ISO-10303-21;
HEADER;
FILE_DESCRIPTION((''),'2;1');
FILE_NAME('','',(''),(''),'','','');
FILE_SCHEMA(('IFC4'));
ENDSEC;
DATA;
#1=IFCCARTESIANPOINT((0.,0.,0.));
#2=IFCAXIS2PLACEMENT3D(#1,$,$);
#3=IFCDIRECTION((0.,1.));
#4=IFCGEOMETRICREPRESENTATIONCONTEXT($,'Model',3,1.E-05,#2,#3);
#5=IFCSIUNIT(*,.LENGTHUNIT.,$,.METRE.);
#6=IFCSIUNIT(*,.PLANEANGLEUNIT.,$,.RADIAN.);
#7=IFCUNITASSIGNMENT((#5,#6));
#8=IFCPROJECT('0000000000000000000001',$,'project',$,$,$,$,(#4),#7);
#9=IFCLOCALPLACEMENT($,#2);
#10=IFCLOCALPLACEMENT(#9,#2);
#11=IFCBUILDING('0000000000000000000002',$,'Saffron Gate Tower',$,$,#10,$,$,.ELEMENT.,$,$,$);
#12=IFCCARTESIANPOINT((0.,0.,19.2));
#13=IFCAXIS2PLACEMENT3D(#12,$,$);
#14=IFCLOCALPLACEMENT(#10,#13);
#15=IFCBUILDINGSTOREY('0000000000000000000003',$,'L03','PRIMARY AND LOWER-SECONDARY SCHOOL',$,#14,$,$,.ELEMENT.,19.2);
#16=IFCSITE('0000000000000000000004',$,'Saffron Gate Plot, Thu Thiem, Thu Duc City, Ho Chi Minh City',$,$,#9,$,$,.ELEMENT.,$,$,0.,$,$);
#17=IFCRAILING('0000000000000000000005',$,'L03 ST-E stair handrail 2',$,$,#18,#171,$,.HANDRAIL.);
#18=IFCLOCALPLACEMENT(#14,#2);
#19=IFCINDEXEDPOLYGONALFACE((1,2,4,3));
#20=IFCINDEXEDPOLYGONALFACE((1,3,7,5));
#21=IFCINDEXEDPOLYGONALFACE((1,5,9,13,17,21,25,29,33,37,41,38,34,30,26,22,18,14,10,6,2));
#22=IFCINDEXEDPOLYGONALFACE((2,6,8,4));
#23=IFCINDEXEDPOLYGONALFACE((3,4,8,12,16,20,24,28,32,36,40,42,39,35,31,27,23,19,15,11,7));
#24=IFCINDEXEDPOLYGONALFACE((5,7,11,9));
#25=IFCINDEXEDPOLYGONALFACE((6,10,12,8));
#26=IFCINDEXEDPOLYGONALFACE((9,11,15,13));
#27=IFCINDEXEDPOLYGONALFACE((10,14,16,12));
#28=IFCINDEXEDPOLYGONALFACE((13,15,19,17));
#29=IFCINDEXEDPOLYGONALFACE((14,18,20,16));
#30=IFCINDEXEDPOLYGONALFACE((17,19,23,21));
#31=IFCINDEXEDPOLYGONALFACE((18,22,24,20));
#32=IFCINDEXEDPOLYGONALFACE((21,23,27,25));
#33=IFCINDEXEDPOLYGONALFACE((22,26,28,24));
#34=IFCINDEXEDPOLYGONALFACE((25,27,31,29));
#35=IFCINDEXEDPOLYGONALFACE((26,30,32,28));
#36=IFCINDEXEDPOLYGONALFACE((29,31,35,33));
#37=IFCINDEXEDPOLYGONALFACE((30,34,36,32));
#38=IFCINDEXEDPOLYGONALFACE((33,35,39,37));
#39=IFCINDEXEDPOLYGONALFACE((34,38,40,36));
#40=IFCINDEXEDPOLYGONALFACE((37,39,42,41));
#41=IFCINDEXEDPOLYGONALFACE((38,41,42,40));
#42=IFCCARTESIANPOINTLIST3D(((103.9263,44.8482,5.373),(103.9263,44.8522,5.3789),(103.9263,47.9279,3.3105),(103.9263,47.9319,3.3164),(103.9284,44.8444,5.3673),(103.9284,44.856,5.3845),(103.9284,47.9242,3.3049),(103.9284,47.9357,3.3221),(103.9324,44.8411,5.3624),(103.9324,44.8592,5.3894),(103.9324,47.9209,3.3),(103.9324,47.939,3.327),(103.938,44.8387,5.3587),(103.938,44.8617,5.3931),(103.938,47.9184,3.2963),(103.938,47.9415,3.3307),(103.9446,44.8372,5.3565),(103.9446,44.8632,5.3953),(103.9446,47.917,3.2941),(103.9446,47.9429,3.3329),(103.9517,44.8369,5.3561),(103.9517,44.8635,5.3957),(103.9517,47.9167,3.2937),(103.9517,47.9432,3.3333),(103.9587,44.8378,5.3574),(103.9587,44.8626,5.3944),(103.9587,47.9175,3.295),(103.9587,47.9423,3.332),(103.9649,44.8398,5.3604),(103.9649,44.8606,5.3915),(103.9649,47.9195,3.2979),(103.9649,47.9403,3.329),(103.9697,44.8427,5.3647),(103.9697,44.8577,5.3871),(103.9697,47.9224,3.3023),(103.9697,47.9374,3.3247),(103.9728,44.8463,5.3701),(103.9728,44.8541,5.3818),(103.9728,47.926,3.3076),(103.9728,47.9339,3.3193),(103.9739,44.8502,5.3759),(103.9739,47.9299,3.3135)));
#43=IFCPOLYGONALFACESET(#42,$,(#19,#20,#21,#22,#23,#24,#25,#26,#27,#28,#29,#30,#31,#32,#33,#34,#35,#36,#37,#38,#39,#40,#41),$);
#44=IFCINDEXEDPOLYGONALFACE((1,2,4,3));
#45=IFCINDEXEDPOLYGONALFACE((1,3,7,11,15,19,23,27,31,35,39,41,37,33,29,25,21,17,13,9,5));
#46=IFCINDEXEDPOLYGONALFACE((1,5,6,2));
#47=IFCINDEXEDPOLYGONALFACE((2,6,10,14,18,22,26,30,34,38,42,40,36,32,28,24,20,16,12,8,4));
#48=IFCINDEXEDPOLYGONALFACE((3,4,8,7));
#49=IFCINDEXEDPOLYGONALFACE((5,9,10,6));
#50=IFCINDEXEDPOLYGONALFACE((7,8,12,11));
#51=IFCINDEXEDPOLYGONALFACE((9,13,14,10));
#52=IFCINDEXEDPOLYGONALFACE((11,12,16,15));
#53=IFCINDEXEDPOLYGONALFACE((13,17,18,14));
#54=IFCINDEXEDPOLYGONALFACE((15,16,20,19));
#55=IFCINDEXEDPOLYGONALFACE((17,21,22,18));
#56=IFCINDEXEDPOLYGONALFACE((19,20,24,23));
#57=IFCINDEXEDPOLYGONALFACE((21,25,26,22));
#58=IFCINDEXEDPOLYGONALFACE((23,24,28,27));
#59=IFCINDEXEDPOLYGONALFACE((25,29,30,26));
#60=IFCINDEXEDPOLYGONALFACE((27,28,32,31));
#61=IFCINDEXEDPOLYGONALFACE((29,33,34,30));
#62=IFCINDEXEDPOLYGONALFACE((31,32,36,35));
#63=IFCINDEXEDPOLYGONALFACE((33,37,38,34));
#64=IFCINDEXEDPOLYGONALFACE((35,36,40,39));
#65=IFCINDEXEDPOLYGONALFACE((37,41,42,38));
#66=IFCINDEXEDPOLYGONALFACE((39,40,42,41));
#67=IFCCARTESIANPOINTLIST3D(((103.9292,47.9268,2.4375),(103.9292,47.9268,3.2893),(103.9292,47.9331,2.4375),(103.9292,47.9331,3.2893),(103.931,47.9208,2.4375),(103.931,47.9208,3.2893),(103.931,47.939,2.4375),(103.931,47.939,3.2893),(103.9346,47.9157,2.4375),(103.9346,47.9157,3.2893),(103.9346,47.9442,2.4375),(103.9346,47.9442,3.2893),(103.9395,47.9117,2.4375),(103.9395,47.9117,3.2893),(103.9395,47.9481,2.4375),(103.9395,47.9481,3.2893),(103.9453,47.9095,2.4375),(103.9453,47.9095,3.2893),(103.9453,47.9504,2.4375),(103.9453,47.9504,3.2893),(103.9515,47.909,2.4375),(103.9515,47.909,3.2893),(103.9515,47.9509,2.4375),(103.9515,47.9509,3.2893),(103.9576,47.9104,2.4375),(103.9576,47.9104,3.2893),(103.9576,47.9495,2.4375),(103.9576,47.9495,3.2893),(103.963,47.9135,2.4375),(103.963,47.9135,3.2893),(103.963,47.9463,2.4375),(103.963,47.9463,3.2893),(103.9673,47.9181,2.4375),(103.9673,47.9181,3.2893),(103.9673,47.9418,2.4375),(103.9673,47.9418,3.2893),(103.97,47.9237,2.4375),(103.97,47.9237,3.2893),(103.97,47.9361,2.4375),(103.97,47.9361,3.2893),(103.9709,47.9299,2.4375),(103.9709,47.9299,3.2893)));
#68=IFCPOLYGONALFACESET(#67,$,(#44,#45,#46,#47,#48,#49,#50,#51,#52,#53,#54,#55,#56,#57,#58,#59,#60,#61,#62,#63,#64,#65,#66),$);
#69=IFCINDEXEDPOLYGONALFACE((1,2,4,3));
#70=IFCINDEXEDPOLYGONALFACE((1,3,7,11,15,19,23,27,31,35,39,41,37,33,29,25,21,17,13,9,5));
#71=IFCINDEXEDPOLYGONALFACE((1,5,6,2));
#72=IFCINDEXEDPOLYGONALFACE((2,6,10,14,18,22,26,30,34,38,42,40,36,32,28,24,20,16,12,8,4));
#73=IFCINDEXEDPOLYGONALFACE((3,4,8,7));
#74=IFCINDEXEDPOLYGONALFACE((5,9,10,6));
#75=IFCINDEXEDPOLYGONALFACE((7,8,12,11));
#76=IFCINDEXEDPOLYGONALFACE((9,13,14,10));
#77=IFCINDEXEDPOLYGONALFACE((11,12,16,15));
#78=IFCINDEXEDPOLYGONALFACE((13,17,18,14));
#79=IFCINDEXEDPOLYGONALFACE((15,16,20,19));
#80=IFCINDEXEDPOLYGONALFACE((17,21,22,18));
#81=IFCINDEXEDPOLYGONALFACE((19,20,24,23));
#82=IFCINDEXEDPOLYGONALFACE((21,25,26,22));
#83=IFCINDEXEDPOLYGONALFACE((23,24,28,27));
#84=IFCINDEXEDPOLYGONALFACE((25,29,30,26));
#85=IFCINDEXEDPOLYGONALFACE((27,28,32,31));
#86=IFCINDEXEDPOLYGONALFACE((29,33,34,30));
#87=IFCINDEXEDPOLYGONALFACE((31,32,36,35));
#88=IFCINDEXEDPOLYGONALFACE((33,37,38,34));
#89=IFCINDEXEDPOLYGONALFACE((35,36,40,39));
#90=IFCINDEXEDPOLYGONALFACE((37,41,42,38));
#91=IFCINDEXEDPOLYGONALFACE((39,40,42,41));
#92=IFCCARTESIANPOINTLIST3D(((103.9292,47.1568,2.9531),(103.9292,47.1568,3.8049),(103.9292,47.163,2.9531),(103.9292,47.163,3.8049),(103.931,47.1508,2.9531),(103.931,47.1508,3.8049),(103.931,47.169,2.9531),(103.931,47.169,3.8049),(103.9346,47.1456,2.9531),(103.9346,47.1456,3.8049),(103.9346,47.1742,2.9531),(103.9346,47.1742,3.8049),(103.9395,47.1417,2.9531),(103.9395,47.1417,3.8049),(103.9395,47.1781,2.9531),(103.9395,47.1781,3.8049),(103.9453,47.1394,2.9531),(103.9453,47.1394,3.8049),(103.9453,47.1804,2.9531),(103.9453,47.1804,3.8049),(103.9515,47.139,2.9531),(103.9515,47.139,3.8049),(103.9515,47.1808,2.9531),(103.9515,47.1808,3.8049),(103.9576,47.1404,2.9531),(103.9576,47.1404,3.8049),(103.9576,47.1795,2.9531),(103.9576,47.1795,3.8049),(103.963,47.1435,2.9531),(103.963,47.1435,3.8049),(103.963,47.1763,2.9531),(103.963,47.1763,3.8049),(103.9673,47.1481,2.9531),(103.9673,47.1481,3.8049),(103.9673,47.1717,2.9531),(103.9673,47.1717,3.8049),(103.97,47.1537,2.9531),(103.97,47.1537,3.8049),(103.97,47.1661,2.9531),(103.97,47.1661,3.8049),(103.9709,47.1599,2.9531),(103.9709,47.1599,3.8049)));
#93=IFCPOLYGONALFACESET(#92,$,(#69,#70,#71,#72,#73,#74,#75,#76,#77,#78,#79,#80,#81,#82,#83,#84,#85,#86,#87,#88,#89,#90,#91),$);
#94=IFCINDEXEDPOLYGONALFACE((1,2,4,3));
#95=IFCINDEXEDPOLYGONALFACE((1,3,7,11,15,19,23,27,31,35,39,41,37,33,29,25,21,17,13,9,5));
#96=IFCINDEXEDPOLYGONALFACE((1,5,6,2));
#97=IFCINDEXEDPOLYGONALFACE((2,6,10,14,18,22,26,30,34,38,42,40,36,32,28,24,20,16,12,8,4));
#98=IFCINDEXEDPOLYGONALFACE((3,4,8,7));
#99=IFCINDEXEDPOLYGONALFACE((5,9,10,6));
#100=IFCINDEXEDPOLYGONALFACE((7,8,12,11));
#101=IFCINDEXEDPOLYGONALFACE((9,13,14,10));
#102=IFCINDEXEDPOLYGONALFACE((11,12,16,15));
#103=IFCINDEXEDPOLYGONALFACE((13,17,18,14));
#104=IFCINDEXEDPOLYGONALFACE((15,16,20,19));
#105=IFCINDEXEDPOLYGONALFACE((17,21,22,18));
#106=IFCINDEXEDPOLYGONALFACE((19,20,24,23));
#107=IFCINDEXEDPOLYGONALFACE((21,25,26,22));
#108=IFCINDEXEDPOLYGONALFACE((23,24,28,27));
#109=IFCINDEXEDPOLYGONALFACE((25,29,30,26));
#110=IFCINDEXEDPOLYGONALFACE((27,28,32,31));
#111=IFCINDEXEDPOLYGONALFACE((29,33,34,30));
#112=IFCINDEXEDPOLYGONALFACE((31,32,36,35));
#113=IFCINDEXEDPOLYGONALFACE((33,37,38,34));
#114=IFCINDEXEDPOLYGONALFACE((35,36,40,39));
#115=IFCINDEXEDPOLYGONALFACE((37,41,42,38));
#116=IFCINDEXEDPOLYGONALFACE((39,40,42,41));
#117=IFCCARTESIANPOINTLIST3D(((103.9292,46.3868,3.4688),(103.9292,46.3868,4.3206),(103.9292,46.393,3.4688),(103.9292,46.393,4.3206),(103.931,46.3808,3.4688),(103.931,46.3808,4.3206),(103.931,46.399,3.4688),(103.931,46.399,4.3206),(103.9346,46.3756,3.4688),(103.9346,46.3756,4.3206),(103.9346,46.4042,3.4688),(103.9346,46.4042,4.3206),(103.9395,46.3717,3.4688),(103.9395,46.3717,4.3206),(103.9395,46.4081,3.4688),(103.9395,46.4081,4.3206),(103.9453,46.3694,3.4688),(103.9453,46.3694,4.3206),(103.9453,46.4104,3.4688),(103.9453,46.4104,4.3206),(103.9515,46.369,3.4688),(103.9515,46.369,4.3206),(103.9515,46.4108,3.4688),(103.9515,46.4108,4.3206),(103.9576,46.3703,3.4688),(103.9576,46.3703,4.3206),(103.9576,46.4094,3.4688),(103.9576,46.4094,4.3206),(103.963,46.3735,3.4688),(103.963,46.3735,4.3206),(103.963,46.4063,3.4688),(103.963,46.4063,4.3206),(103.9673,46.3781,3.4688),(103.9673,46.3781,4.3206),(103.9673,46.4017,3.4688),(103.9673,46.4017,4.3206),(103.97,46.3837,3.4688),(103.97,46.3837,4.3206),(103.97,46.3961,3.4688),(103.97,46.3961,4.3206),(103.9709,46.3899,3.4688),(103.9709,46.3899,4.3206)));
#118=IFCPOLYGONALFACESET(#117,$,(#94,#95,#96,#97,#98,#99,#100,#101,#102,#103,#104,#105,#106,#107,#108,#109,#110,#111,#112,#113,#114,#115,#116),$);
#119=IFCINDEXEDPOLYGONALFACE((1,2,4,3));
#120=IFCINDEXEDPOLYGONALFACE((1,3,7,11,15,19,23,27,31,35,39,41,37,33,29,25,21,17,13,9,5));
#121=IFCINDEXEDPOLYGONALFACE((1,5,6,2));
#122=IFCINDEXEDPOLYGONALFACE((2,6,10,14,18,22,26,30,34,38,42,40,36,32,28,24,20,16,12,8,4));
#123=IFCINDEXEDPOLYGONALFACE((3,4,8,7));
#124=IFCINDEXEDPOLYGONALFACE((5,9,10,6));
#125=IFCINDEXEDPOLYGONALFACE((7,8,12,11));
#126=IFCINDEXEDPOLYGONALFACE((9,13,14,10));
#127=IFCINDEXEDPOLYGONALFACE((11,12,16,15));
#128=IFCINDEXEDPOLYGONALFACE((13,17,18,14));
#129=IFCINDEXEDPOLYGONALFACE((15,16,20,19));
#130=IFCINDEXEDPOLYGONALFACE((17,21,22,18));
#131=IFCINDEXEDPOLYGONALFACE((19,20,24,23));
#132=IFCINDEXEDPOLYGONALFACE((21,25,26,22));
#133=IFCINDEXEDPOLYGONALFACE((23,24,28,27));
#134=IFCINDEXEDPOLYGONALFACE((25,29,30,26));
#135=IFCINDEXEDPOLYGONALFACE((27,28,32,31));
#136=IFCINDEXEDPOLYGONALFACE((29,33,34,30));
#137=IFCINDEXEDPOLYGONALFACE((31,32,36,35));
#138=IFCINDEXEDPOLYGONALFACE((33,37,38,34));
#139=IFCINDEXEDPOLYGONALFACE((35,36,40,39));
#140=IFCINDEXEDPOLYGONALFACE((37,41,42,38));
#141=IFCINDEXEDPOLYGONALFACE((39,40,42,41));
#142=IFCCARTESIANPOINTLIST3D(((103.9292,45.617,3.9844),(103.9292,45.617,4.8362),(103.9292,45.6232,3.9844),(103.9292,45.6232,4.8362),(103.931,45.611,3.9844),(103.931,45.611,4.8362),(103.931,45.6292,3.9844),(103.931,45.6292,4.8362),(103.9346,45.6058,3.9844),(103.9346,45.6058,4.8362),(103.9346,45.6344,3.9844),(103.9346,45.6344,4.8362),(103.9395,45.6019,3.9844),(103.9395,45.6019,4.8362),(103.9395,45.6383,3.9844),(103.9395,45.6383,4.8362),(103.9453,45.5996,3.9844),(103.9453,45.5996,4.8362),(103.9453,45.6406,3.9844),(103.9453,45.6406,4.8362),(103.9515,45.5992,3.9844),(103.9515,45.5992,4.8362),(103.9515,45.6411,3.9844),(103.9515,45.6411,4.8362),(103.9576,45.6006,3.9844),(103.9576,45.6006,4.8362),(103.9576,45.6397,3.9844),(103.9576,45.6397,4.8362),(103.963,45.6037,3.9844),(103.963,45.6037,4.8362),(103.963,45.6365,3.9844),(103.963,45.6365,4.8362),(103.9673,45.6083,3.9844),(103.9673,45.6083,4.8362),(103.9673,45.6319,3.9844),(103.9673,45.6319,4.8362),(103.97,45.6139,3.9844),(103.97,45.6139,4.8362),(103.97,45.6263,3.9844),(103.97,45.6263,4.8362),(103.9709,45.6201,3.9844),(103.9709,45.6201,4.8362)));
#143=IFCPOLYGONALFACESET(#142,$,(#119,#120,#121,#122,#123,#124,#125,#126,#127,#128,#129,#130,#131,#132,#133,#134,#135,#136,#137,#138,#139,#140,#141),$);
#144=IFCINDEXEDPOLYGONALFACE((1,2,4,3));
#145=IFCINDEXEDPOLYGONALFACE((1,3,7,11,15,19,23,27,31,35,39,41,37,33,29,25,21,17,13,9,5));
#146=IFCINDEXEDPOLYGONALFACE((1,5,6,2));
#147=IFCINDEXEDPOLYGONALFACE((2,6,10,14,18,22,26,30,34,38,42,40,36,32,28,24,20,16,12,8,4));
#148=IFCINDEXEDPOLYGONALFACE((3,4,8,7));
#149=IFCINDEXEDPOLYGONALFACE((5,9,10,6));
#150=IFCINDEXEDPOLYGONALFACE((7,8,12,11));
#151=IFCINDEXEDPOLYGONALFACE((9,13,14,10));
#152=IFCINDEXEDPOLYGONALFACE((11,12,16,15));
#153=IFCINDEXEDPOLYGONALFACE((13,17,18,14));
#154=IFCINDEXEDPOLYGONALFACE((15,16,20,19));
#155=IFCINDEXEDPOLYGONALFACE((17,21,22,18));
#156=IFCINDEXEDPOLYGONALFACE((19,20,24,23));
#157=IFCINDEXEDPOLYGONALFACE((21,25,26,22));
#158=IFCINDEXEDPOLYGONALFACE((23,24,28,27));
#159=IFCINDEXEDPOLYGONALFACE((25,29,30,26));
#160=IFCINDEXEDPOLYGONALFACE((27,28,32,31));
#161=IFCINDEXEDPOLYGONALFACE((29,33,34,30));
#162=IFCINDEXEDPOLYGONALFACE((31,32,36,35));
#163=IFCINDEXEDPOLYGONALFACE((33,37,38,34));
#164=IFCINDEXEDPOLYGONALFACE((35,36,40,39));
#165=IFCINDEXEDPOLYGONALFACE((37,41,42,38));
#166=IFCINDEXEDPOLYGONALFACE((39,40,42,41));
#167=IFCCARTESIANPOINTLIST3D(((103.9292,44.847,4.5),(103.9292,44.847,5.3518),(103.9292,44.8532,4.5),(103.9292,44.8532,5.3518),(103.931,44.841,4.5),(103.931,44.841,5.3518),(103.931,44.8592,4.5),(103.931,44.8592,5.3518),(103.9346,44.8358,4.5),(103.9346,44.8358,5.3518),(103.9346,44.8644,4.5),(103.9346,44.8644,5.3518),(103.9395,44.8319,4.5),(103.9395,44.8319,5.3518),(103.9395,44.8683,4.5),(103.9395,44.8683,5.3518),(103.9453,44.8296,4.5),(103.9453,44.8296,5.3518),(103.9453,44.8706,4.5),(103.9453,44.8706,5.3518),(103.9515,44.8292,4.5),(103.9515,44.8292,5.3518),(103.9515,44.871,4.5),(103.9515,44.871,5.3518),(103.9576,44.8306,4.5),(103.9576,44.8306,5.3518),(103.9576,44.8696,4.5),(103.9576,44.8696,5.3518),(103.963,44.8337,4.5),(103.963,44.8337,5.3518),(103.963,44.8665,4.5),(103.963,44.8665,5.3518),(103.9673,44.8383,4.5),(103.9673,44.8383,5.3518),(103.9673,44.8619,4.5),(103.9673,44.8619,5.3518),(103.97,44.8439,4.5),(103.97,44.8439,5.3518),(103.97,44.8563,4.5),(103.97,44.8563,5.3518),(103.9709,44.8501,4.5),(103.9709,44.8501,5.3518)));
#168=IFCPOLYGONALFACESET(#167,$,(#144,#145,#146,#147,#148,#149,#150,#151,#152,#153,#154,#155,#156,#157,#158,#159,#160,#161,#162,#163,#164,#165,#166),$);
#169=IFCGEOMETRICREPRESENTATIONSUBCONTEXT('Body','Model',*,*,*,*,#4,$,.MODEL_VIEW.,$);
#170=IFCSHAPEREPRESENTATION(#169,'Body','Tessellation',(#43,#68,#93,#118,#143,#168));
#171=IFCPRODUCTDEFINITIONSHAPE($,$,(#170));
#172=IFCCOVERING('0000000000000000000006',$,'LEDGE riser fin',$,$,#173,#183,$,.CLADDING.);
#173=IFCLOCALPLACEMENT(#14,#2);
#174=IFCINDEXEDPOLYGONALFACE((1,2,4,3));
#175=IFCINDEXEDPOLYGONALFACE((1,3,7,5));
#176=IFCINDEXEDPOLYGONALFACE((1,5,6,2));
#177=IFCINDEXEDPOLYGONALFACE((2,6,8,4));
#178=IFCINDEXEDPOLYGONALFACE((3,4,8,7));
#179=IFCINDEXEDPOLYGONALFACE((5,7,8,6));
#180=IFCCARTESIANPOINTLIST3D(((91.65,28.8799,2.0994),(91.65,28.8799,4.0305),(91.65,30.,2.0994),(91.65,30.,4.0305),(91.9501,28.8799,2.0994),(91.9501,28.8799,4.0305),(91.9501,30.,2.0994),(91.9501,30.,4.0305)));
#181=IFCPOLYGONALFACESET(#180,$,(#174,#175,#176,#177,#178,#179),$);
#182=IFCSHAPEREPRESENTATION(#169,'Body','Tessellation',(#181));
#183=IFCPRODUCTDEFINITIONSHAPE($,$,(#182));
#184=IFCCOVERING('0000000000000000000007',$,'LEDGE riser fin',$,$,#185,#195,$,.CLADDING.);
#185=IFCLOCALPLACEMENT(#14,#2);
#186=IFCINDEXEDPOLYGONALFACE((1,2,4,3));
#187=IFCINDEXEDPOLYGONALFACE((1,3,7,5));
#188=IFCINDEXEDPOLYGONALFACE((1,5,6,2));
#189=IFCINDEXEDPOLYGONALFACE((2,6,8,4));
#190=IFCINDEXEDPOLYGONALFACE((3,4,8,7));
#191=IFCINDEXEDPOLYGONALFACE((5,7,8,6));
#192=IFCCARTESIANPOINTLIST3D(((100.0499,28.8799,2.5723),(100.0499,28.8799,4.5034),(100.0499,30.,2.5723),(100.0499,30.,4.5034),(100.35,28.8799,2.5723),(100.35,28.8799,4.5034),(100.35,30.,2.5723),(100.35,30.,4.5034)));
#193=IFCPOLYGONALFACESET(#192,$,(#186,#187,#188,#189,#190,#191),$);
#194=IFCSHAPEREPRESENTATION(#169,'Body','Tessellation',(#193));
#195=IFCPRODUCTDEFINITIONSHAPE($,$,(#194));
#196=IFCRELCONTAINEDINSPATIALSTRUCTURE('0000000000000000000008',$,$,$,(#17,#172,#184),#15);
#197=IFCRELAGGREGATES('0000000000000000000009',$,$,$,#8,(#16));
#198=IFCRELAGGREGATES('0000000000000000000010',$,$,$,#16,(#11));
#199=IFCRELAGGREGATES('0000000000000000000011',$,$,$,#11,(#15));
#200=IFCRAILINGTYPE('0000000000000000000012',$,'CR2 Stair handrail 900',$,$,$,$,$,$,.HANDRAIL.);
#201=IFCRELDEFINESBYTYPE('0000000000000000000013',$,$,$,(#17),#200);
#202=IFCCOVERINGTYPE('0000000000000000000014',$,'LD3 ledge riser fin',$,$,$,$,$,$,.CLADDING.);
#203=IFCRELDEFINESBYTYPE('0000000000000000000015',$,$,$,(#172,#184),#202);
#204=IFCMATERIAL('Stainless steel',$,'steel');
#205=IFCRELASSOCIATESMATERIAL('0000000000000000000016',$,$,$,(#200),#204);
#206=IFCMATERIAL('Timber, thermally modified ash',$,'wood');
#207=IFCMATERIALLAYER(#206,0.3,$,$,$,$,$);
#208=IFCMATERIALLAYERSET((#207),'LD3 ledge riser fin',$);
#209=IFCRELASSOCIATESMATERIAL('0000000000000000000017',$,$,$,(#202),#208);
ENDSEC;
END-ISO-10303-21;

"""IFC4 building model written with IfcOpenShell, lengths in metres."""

from ifc_helpers import new_model, si_unit, direction, frame, origin, origin_2d, place, context, subcontext, project, spatial, rectangle, circle, extrude, material, layer, layer_set, type_object, element, save


model = new_model("IFC4")

# Units and contexts
model_context = context("Model", 3, precision=1e-05, world=origin(), true_north=direction((0.0, 1.0)))
body_context = subcontext(model_context, "Body", "Model", "MODEL_VIEW")
ifc_project = project(units=[si_unit("LENGTHUNIT", "METRE"), si_unit("PLANEANGLEUNIT", "RADIAN")], contexts=[model_context])

# Site, building, storey
site_placement = place(None, origin())
site = spatial("IfcSite", under=ifc_project, at=site_placement, Name="Saffron Gate Plot, Thu Thiem, Thu Duc City, Ho Chi Minh City", CompositionType="ELEMENT", RefElevation=0.0)
building_placement = place(site_placement, origin())
building = spatial("IfcBuilding", under=site, at=building_placement, Name="Saffron Gate Tower", CompositionType="ELEMENT")
storey_placement = place(building_placement, frame((0.0, 0.0, 19.2)))
storey = spatial("IfcBuildingStorey", under=building, at=storey_placement, Name="L03", Description="PRIMARY AND LOWER-SECONDARY SCHOOL", CompositionType="ELEMENT", Elevation=19.2)

# Railing
ifc_material_1 = material(Name="Stainless steel", Category="steel")
railing_type_1 = type_object("IfcRailingType", Name="CR2 Stair handrail 900", PredefinedType="HANDRAIL", material=ifc_material_1)
railing_1_placement = place(storey_placement, frame((103.95, 47.9299, 2.4375)))
element("IfcRailing", 1, at=railing_1_placement, inside=storey, type_object=railing_type_1, Name="L03 ST-E stair handrail 2", PredefinedType="HANDRAIL", context=body_context, shape_type="SweptSolid", body=[
    extrude(circle(Radius=0.0239, at=origin_2d()), frame((0.0, 0.0, 0.876), z_axis=(0.0, -0.830893, 0.556432), x_axis=(1.0, 0.0, 0.0)), (0.0, 0.0, 1.0), 3.7065),
    extrude(circle(Radius=0.021, at=origin_2d()), origin(), (0.0, 0.0, 1.0), 0.8518),
    extrude(circle(Radius=0.021, at=origin_2d()), frame((0.0, -0.77, 0.5156)), (0.0, 0.0, 1.0), 0.8518),
    extrude(circle(Radius=0.021, at=origin_2d()), frame((0.0, -1.54, 1.0312)), (0.0, 0.0, 1.0), 0.8518),
    extrude(circle(Radius=0.021, at=origin_2d()), frame((0.0, -2.3098, 1.5469)), (0.0, 0.0, 1.0), 0.8518),
    extrude(circle(Radius=0.021, at=origin_2d()), frame((0.0, -3.0798, 2.0625)), (0.0, 0.0, 1.0), 0.8518),
])

# Coverings
ifc_material_2 = material(Name="Timber, thermally modified ash", Category="wood")
ifc_layer_1 = layer(ifc_material_2, 0.3)
ifc_layer_set_1 = layer_set([ifc_layer_1], Name="LD3 ledge riser fin")
covering_type = type_object("IfcCoveringType", Name="LD3 ledge riser fin", PredefinedType="CLADDING", material=ifc_layer_set_1)
for number, where, z_axis, x_axis, name in (
    (2, (91.8, 29.4399, 2.0994), (0.0, 0.0, 1.0), (1.0, 0.0, 0.0), "LEDGE riser fin"),
    (3, (100.2, 29.4399, 2.5723), (0.0, 0.0, 1.0), (1.0, 0.0, 0.0), "LEDGE riser fin"),
):
    element("IfcCovering", number, at=place(storey_placement, frame(where, z_axis=z_axis, x_axis=x_axis)), inside=storey, type_object=covering_type, Name=name, PredefinedType="CLADDING", context=body_context, shape_type="SweptSolid", body=[
        extrude(rectangle(XDim=0.3, YDim=1.1201, at=origin_2d()), origin(), (0.0, 0.0, 1.0), 1.9312),
    ])

save(model, "model.ifc")
